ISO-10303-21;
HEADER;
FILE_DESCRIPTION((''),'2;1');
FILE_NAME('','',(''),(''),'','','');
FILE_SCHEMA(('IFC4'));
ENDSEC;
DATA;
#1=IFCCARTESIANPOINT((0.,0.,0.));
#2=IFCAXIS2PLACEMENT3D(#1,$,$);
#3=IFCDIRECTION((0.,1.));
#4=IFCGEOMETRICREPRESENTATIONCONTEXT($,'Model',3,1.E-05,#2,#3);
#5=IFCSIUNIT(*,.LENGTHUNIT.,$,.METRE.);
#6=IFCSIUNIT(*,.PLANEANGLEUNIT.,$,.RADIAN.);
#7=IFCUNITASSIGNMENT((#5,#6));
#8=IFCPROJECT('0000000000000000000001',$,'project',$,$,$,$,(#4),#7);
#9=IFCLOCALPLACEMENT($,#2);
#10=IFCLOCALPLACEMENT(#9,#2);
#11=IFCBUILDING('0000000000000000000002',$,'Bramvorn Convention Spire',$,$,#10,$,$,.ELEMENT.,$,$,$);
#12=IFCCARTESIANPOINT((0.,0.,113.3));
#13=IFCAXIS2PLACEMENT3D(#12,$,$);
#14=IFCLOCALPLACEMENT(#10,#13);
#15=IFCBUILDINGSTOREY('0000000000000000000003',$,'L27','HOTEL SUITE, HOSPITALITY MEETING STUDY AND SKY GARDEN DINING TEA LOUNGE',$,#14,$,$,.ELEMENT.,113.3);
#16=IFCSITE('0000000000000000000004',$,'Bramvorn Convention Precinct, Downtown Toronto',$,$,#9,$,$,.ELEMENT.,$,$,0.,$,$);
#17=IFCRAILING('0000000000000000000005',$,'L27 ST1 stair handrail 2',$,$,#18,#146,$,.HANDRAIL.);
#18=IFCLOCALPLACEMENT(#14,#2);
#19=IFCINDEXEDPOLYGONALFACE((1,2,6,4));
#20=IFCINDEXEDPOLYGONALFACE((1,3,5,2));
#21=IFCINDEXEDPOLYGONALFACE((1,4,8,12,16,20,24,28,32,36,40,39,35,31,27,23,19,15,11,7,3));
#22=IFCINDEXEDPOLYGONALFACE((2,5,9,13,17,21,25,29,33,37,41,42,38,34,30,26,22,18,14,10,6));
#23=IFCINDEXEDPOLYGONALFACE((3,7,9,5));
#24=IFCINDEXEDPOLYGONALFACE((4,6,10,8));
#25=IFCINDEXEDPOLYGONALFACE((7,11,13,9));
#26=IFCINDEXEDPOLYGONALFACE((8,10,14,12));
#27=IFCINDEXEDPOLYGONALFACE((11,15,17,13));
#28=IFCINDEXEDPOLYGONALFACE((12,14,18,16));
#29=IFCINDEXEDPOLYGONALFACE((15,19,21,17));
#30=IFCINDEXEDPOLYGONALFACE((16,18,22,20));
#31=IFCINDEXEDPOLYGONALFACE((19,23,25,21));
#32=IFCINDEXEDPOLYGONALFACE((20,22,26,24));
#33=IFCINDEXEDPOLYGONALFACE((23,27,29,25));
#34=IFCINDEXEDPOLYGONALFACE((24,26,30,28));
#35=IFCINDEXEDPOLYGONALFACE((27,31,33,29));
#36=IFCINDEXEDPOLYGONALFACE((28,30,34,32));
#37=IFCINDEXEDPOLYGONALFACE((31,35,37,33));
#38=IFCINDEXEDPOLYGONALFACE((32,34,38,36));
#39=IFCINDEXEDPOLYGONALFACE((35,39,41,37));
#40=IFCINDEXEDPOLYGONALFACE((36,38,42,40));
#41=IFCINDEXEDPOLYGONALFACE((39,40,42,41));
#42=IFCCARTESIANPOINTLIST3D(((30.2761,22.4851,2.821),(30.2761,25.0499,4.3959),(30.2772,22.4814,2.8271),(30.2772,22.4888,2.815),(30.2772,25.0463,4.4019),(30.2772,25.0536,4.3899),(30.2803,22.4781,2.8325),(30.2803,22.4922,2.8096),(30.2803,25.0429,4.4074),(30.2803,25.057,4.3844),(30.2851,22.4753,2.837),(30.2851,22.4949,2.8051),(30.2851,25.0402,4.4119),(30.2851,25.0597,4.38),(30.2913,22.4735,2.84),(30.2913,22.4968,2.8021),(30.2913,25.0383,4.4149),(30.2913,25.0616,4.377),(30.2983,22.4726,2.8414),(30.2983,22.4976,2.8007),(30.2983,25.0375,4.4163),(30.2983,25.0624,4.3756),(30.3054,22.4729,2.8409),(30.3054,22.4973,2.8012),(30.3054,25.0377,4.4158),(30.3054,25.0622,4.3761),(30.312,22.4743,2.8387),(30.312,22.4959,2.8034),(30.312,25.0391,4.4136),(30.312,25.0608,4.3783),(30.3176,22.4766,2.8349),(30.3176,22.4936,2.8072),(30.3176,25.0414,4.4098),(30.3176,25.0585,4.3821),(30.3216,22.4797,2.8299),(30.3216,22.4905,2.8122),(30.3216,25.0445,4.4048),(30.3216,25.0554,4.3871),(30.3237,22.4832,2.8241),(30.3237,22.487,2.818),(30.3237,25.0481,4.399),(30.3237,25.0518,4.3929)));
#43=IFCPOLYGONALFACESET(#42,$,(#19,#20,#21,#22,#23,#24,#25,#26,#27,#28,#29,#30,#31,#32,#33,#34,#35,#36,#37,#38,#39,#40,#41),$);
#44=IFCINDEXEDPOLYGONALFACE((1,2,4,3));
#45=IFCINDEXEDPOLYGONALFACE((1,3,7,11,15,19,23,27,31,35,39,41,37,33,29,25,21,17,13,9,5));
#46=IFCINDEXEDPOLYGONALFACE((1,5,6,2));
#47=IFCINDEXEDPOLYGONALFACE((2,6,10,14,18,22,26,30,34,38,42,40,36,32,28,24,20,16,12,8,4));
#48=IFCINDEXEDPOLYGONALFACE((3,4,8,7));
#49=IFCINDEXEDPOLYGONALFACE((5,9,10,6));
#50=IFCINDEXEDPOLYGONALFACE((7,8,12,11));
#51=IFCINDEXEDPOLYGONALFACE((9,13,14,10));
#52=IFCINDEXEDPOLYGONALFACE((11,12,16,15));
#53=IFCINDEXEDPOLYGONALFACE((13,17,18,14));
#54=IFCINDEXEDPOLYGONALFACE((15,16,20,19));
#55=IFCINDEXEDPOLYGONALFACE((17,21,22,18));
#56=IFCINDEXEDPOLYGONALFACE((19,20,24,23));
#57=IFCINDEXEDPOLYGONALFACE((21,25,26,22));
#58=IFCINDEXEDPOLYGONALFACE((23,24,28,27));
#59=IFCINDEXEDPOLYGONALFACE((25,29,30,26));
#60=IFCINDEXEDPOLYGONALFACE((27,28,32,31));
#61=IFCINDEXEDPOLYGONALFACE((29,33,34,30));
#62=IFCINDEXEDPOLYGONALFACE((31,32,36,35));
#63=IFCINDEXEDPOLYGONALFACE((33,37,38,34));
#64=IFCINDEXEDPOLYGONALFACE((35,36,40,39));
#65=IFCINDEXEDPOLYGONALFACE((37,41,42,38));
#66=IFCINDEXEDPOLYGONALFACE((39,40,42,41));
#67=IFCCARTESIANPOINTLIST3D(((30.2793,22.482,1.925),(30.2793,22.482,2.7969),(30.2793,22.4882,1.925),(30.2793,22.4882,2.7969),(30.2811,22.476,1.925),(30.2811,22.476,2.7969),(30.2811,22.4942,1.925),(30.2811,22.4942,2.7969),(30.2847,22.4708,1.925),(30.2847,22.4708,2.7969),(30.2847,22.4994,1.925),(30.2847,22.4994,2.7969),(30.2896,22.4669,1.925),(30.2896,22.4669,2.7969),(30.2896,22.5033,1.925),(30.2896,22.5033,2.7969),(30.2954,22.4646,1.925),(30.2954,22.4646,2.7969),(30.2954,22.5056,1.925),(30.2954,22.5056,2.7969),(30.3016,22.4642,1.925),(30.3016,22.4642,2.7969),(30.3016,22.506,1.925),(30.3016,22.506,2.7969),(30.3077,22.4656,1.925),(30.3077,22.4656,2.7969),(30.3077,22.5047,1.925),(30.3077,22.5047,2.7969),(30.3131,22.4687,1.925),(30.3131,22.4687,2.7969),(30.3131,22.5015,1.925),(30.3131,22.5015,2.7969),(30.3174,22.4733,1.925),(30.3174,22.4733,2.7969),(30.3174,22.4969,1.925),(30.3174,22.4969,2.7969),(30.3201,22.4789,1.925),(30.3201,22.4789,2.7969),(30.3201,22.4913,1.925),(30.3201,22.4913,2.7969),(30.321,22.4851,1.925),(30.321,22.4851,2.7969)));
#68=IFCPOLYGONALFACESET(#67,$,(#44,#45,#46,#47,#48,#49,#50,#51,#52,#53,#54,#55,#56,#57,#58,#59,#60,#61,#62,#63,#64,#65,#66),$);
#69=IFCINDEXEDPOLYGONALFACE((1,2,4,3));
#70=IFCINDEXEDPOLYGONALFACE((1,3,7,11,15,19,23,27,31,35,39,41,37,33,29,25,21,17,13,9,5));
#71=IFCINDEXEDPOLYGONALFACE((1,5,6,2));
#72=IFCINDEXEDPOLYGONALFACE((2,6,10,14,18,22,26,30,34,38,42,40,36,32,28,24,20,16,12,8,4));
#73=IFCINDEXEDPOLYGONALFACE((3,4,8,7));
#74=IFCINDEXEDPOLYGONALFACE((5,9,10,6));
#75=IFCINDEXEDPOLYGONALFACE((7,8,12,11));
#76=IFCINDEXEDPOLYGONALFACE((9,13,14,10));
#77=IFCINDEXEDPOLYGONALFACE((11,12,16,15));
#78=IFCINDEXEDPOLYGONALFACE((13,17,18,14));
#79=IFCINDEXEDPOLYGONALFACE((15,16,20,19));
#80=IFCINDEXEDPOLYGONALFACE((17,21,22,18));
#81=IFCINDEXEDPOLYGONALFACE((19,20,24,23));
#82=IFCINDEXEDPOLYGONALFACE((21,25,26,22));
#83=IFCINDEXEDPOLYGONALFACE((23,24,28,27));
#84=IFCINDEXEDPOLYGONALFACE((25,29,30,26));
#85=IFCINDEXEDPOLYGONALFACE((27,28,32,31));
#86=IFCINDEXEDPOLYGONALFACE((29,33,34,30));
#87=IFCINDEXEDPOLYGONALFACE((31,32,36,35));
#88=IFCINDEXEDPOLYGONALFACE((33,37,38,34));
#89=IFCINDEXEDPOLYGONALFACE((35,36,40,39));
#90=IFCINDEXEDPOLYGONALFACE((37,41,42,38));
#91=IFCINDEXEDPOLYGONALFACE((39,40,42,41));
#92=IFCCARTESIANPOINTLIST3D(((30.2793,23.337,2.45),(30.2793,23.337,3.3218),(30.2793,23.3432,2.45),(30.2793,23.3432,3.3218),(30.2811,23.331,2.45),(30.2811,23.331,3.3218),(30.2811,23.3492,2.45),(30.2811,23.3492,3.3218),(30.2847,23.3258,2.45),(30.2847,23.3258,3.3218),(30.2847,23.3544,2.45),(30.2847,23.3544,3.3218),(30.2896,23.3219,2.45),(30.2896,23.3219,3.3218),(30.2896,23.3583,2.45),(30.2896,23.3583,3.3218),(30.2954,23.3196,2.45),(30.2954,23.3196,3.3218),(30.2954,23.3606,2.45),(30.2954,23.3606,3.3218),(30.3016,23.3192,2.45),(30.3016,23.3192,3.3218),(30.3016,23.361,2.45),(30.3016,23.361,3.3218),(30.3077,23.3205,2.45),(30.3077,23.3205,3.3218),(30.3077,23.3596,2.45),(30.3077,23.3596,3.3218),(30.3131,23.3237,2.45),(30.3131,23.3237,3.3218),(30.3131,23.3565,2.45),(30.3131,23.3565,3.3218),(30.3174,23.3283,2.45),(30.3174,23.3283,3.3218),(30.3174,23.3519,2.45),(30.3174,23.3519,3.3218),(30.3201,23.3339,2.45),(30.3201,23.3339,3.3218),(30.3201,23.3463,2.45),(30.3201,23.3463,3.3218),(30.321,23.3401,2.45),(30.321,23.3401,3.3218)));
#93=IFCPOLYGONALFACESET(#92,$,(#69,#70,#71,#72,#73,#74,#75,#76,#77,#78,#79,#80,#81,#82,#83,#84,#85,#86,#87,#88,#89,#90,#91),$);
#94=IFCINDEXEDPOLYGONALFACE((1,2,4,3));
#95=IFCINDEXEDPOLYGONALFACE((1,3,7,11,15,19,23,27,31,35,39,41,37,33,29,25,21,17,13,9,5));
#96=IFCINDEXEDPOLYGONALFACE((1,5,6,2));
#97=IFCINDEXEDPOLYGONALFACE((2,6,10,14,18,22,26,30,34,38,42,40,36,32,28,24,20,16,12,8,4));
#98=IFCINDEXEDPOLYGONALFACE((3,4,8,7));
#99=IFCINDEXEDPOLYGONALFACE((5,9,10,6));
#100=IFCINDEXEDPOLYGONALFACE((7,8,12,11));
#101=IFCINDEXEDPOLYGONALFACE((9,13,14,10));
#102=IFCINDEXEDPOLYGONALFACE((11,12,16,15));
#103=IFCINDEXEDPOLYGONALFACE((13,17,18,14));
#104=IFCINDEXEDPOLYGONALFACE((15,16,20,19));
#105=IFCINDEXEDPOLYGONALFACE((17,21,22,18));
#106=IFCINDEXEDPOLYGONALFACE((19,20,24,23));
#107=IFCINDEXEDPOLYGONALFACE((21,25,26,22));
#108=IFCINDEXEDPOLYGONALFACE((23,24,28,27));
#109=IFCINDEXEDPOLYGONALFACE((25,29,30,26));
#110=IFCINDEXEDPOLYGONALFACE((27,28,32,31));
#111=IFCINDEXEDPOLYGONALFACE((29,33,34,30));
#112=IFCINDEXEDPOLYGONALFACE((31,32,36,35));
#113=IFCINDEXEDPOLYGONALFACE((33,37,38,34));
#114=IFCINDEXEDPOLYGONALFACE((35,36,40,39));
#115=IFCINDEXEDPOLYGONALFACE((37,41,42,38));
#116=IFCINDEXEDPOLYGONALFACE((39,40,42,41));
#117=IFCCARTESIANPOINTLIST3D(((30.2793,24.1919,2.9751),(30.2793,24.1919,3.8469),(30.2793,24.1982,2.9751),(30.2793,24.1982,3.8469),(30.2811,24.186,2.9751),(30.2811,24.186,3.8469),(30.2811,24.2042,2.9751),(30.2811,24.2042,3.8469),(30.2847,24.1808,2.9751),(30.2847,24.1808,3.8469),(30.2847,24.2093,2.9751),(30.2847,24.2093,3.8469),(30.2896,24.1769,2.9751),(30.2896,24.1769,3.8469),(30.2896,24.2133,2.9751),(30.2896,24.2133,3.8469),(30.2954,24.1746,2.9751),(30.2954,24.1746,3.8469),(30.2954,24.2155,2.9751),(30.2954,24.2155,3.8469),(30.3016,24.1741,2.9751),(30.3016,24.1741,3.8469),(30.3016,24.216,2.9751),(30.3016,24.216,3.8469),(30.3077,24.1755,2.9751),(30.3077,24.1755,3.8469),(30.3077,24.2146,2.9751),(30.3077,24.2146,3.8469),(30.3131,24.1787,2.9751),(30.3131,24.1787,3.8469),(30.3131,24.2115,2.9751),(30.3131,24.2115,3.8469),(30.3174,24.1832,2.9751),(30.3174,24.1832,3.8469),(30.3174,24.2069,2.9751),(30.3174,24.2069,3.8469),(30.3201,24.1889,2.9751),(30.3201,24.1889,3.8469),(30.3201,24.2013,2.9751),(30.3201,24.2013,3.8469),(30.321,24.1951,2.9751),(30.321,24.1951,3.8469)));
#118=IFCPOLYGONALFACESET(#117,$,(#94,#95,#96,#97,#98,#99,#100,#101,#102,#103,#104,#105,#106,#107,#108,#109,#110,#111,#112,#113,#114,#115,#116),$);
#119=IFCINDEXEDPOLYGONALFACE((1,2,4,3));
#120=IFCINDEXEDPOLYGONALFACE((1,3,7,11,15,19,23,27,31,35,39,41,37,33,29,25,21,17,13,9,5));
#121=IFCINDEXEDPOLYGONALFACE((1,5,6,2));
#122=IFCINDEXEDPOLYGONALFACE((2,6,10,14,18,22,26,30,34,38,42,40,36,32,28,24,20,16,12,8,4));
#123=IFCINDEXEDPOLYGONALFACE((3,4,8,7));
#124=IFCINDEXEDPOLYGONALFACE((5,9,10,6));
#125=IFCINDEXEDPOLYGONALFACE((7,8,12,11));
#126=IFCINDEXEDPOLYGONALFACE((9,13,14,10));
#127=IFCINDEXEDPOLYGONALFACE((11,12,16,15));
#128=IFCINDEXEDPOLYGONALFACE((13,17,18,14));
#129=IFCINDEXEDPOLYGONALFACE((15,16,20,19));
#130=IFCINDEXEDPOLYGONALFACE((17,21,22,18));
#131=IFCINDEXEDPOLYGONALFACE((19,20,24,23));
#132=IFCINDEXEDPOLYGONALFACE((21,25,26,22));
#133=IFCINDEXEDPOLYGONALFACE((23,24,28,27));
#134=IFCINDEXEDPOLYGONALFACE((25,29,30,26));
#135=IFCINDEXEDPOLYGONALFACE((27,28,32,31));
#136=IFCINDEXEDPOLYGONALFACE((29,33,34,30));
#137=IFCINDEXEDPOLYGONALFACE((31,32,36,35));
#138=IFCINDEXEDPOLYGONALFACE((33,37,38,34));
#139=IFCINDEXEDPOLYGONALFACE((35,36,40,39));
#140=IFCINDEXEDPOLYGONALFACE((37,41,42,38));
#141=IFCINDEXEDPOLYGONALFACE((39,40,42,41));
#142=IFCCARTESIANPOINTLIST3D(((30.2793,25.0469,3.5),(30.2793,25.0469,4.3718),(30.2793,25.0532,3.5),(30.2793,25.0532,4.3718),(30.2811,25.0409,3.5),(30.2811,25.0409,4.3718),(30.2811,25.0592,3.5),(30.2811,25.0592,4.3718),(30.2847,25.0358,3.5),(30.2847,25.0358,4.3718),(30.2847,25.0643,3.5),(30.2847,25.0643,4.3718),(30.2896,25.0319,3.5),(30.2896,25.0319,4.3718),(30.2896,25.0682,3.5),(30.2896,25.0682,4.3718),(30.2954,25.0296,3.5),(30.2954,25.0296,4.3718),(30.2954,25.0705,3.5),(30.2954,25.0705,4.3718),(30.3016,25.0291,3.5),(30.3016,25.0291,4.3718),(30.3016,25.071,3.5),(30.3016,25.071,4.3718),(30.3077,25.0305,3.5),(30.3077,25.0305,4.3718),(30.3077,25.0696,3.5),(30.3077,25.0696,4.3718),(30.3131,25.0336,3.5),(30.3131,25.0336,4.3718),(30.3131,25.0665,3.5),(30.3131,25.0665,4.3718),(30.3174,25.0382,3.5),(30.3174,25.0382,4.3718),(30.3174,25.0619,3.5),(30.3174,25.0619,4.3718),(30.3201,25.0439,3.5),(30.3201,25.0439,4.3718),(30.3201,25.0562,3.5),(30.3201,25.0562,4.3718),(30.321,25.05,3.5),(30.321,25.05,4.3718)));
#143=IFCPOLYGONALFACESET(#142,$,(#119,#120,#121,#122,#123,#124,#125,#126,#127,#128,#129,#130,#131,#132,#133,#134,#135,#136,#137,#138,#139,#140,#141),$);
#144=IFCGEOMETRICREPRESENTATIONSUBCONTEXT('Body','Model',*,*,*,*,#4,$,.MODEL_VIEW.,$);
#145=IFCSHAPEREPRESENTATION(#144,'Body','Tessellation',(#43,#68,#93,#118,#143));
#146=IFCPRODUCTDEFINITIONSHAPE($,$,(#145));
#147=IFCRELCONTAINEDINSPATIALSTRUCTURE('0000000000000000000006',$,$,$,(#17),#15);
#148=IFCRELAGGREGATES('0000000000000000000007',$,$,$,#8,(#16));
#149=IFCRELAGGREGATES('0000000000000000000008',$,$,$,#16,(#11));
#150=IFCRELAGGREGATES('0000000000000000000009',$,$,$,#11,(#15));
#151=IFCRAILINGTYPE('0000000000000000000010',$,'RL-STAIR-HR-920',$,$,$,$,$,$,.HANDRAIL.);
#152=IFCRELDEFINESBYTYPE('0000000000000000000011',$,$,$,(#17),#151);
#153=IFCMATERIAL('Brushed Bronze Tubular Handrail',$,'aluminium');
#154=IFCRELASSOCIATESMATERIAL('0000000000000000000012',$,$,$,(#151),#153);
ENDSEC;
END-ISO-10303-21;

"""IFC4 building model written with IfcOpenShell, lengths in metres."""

from ifc_helpers import new_model, si_unit, direction, frame, origin, origin_2d, place, context, subcontext, project, spatial, circle, extrude, material, type_object, element, save


model = new_model("IFC4")

# Units and contexts
model_context = context("Model", 3, precision=1e-05, world=origin(), true_north=direction((0.0, 1.0)))
body_context = subcontext(model_context, "Body", "Model", "MODEL_VIEW")
ifc_project = project(units=[si_unit("LENGTHUNIT", "METRE"), si_unit("PLANEANGLEUNIT", "RADIAN")], contexts=[model_context])

# Site, building, storey
site_placement = place(None, origin())
site = spatial("IfcSite", under=ifc_project, at=site_placement, Name="Bramvorn Convention Precinct, Downtown Toronto", CompositionType="ELEMENT", RefElevation=0.0)
building_placement = place(site_placement, origin())
building = spatial("IfcBuilding", under=site, at=building_placement, Name="Bramvorn Convention Spire", CompositionType="ELEMENT")
storey_placement = place(building_placement, frame((0.0, 0.0, 113.3)))
storey = spatial("IfcBuildingStorey", under=building, at=storey_placement, Name="L27", Description="HOTEL SUITE, HOSPITALITY MEETING STUDY AND SKY GARDEN DINING TEA LOUNGE", CompositionType="ELEMENT", Elevation=113.3)

# Railing
ifc_material_1 = material(Name="Brushed Bronze Tubular Handrail", Category="aluminium")
railing_type_1 = type_object("IfcRailingType", Name="RL-STAIR-HR-920", PredefinedType="HANDRAIL", material=ifc_material_1)
railing_1_placement = place(storey_placement, frame((30.3, 22.4851, 1.925)))
element("IfcRailing", 1, at=railing_1_placement, inside=storey, type_object=railing_type_1, Name="L27 ST1 stair handrail 2", PredefinedType="HANDRAIL", context=body_context, shape_type="SweptSolid", body=[
    extrude(circle(Radius=0.0239, at=origin_2d()), frame((0.0, 0.0, 0.896), z_axis=(0.0, 0.852173, 0.52326), x_axis=(-1.0, 0.0, 0.0)), (0.0, 0.0, 1.0), 3.0098),
    extrude(circle(Radius=0.021, at=origin_2d()), origin(), (0.0, 0.0, 1.0), 0.8718),
    extrude(circle(Radius=0.021, at=origin_2d()), frame((0.0, 0.855, 0.5249)), (0.0, 0.0, 1.0), 0.8718),
    extrude(circle(Radius=0.021, at=origin_2d()), frame((0.0, 1.71, 1.05)), (0.0, 0.0, 1.0), 0.8718),
    extrude(circle(Radius=0.021, at=origin_2d()), frame((0.0, 2.5649, 1.575)), (0.0, 0.0, 1.0), 0.8718),
])

save(model, "model.ifc")
